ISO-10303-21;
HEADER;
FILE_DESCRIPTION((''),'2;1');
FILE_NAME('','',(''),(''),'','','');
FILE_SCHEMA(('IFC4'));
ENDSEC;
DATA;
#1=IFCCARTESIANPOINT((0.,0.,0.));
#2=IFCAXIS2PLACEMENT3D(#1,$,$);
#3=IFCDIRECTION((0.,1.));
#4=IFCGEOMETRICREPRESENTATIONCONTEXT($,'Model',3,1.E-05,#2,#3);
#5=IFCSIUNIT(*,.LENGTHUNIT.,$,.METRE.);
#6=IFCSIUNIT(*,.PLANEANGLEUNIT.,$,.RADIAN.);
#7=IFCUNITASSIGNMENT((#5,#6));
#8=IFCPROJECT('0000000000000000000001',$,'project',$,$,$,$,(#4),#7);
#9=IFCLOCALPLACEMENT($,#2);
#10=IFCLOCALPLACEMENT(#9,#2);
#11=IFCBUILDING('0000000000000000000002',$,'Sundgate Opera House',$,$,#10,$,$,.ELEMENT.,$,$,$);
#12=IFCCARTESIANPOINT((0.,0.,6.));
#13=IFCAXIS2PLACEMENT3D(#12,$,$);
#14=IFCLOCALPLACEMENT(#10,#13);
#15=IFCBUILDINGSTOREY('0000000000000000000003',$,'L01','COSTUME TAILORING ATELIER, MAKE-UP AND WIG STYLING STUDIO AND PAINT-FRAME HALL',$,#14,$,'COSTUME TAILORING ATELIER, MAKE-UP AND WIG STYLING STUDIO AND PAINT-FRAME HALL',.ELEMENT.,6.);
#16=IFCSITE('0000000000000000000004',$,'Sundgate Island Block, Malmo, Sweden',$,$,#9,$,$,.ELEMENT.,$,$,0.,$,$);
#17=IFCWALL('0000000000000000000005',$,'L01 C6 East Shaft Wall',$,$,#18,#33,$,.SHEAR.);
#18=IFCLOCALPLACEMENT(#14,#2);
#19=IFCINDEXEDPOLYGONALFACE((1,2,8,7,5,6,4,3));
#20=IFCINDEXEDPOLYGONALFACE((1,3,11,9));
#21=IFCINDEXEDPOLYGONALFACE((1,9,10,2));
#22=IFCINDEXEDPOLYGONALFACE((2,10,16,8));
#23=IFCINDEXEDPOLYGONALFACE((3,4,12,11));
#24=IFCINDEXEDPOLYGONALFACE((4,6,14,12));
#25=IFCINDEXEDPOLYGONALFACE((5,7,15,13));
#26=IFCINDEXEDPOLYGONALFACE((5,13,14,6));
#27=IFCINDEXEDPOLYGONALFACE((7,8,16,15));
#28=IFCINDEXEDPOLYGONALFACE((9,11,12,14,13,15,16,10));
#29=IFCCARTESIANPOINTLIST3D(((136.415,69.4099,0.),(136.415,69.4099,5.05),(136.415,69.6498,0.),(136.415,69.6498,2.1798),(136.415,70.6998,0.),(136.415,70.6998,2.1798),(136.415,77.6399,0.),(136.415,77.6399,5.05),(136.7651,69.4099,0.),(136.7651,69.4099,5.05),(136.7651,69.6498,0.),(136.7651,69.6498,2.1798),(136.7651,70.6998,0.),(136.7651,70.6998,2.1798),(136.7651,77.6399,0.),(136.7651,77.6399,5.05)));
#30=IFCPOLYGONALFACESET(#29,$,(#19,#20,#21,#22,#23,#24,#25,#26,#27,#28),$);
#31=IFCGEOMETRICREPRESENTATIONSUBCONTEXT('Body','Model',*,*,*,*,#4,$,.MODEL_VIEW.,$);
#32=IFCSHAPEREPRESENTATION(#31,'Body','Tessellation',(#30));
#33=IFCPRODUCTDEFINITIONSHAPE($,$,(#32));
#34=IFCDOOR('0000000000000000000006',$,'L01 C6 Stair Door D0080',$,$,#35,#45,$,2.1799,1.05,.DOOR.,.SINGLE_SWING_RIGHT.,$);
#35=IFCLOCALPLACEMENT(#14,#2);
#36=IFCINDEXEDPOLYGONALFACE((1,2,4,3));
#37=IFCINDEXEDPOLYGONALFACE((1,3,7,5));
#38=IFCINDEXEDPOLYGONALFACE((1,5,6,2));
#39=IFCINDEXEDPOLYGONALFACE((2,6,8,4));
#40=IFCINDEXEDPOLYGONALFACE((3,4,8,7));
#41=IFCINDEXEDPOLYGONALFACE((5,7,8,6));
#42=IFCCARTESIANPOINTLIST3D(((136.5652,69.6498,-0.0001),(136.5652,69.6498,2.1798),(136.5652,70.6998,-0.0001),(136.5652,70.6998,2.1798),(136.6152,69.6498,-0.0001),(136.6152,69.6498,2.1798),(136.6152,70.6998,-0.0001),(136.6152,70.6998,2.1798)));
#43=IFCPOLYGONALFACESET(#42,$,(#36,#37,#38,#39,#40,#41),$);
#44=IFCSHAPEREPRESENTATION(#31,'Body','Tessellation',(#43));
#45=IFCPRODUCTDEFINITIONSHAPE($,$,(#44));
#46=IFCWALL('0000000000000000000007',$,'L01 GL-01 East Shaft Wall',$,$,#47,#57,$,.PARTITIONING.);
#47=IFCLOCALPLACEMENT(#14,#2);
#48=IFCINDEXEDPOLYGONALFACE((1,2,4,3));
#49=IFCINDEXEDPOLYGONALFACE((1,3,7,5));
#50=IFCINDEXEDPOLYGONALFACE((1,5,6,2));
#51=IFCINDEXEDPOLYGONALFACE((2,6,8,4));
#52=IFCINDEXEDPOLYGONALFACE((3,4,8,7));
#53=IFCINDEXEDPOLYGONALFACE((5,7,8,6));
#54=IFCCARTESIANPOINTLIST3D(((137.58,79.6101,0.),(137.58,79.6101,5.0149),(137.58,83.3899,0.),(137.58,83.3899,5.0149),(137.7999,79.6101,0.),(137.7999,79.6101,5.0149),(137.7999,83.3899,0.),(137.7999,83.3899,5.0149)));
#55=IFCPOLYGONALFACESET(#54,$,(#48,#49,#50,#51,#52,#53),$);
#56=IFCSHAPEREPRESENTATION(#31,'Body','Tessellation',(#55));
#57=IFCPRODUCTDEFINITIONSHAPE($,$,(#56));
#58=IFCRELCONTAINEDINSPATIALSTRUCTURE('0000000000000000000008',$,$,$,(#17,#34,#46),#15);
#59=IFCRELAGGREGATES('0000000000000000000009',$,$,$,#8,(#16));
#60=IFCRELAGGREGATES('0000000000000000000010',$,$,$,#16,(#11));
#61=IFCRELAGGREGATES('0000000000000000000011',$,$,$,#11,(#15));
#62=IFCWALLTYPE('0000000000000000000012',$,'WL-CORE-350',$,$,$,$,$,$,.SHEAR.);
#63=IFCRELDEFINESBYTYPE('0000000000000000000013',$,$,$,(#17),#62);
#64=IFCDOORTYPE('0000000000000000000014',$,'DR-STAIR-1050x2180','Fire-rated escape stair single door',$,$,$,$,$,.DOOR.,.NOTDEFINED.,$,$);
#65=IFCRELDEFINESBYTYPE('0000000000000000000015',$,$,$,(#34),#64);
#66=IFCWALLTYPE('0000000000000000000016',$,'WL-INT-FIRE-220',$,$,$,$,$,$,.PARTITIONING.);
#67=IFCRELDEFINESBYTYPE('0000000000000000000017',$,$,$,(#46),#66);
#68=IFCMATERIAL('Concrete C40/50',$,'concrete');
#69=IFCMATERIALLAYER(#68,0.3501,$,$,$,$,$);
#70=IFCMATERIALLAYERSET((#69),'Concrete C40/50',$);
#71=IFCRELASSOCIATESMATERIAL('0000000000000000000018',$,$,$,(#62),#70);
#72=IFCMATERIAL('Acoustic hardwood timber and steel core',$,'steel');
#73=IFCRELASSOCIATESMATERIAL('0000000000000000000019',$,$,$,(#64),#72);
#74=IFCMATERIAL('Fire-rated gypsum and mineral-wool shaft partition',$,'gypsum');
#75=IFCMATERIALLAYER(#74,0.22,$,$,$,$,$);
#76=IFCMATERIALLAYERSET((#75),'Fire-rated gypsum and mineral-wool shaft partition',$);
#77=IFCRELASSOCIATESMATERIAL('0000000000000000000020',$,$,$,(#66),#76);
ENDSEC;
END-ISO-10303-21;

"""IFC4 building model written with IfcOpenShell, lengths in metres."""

from ifc_helpers import new_model, si_unit, direction, frame, frame_2d, origin, place, context, subcontext, project, spatial, rectangle, extrude, material, layer, layer_set, type_object, element, fill, save


model = new_model("IFC4")

# Units and contexts
model_context = context("Model", 3, precision=1e-05, world=origin(), true_north=direction((0.0, 1.0)))
body_context = subcontext(model_context, "Body", "Model", "MODEL_VIEW")
ifc_project = project(units=[si_unit("LENGTHUNIT", "METRE"), si_unit("PLANEANGLEUNIT", "RADIAN")], contexts=[model_context])

# Site, building, storey
site_placement = place(None, origin())
site = spatial("IfcSite", under=ifc_project, at=site_placement, Name="Sundgate Island Block, Malmo, Sweden", CompositionType="ELEMENT", RefElevation=0.0)
building_placement = place(site_placement, origin())
building = spatial("IfcBuilding", under=site, at=building_placement, Name="Sundgate Opera House", CompositionType="ELEMENT")
storey_placement = place(building_placement, frame((0.0, 0.0, 6.0)))
storey = spatial("IfcBuildingStorey", under=building, at=storey_placement, Name="L01", Description="COSTUME TAILORING ATELIER, MAKE-UP AND WIG STYLING STUDIO AND PAINT-FRAME HALL", LongName="COSTUME TAILORING ATELIER, MAKE-UP AND WIG STYLING STUDIO AND PAINT-FRAME HALL", CompositionType="ELEMENT", Elevation=6.0)

# Wall, opening, door
ifc_material_1 = material(Name="Concrete C40/50", Category="concrete")
ifc_layer_1 = layer(ifc_material_1, 0.3501)
ifc_layer_set_1 = layer_set([ifc_layer_1], Name="Concrete C40/50")
wall_type_1 = type_object("IfcWallType", Name="WL-CORE-350", PredefinedType="SHEAR", material=ifc_layer_set_1)
wall_1_placement = place(storey_placement, frame((136.5901, 69.4099, 0.0), z_axis=(0.0, 0.0, 1.0), x_axis=(0.0, 1.0, 0.0)))
wall_1 = element("IfcWall", 1, at=wall_1_placement, inside=storey, type_object=wall_type_1, Name="L01 C6 East Shaft Wall", PredefinedType="SHEAR", context=body_context, shape_type="SweptSolid", body=[
    extrude(rectangle(XDim=8.23, YDim=0.3501, at=frame_2d((4.115, 0.0))), origin(), (0.0, 0.0, 1.0), 5.05),
])
opening_placement = place(wall_1_placement, frame((0.24, 0.0, 0.0)))
opening = element("IfcOpeningElement", 2, at=opening_placement, cuts=wall_1, PredefinedType="OPENING", context=body_context, shape_type="SweptSolid", body=[
    extrude(rectangle(XDim=1.05, YDim=2.1799, at=frame_2d((0.5249, 1.0898))), frame((0.0, 0.1851, 0.0), z_axis=(0.0, -1.0, 0.0), x_axis=(1.0, 0.0, 0.0)), (0.0, 0.0, 1.0), 0.3701),
])
ifc_material_2 = material(Name="Acoustic hardwood timber and steel core", Category="steel")
door_type = type_object("IfcDoorType", Name="DR-STAIR-1050x2180", Description="Fire-rated escape stair single door", OperationType="NOTDEFINED", PredefinedType="DOOR", material=ifc_material_2)
door_placement = place(opening_placement, origin())
door = element("IfcDoor", 3, at=door_placement, inside=storey, type_object=door_type, Name="L01 C6 Stair Door D0080", OperationType="SINGLE_SWING_RIGHT", OverallHeight=2.1799, OverallWidth=1.05, PredefinedType="DOOR", context=body_context, shape_type="SweptSolid", body=[
    extrude(rectangle(XDim=1.05, YDim=2.1799, at=frame_2d((0.5249, 1.0898))), frame((0.0, 0.0249, 0.0), z_axis=(0.0, -1.0, 0.0), x_axis=(1.0, 0.0, 0.0)), (0.0, 0.0, 1.0), 0.05),
])
fill(opening, door)

# Wall
ifc_material_3 = material(Name="Fire-rated gypsum and mineral-wool shaft partition", Category="gypsum")
ifc_layer_2 = layer(ifc_material_3, 0.22)
ifc_layer_set_2 = layer_set([ifc_layer_2], Name="Fire-rated gypsum and mineral-wool shaft partition")
wall_type_2 = type_object("IfcWallType", Name="WL-INT-FIRE-220", PredefinedType="PARTITIONING", material=ifc_layer_set_2)
wall_2_placement = place(storey_placement, frame((137.6899, 79.6101, 0.0), z_axis=(0.0, 0.0, 1.0), x_axis=(0.0, 1.0, 0.0)))
element("IfcWall", 4, at=wall_2_placement, inside=storey, type_object=wall_type_2, Name="L01 GL-01 East Shaft Wall", PredefinedType="PARTITIONING", context=body_context, shape_type="SweptSolid", body=[
    extrude(rectangle(XDim=3.7798, YDim=0.22, at=frame_2d((1.8899, 0.0))), origin(), (0.0, 0.0, 1.0), 5.0149),
])

save(model, "model.ifc")
